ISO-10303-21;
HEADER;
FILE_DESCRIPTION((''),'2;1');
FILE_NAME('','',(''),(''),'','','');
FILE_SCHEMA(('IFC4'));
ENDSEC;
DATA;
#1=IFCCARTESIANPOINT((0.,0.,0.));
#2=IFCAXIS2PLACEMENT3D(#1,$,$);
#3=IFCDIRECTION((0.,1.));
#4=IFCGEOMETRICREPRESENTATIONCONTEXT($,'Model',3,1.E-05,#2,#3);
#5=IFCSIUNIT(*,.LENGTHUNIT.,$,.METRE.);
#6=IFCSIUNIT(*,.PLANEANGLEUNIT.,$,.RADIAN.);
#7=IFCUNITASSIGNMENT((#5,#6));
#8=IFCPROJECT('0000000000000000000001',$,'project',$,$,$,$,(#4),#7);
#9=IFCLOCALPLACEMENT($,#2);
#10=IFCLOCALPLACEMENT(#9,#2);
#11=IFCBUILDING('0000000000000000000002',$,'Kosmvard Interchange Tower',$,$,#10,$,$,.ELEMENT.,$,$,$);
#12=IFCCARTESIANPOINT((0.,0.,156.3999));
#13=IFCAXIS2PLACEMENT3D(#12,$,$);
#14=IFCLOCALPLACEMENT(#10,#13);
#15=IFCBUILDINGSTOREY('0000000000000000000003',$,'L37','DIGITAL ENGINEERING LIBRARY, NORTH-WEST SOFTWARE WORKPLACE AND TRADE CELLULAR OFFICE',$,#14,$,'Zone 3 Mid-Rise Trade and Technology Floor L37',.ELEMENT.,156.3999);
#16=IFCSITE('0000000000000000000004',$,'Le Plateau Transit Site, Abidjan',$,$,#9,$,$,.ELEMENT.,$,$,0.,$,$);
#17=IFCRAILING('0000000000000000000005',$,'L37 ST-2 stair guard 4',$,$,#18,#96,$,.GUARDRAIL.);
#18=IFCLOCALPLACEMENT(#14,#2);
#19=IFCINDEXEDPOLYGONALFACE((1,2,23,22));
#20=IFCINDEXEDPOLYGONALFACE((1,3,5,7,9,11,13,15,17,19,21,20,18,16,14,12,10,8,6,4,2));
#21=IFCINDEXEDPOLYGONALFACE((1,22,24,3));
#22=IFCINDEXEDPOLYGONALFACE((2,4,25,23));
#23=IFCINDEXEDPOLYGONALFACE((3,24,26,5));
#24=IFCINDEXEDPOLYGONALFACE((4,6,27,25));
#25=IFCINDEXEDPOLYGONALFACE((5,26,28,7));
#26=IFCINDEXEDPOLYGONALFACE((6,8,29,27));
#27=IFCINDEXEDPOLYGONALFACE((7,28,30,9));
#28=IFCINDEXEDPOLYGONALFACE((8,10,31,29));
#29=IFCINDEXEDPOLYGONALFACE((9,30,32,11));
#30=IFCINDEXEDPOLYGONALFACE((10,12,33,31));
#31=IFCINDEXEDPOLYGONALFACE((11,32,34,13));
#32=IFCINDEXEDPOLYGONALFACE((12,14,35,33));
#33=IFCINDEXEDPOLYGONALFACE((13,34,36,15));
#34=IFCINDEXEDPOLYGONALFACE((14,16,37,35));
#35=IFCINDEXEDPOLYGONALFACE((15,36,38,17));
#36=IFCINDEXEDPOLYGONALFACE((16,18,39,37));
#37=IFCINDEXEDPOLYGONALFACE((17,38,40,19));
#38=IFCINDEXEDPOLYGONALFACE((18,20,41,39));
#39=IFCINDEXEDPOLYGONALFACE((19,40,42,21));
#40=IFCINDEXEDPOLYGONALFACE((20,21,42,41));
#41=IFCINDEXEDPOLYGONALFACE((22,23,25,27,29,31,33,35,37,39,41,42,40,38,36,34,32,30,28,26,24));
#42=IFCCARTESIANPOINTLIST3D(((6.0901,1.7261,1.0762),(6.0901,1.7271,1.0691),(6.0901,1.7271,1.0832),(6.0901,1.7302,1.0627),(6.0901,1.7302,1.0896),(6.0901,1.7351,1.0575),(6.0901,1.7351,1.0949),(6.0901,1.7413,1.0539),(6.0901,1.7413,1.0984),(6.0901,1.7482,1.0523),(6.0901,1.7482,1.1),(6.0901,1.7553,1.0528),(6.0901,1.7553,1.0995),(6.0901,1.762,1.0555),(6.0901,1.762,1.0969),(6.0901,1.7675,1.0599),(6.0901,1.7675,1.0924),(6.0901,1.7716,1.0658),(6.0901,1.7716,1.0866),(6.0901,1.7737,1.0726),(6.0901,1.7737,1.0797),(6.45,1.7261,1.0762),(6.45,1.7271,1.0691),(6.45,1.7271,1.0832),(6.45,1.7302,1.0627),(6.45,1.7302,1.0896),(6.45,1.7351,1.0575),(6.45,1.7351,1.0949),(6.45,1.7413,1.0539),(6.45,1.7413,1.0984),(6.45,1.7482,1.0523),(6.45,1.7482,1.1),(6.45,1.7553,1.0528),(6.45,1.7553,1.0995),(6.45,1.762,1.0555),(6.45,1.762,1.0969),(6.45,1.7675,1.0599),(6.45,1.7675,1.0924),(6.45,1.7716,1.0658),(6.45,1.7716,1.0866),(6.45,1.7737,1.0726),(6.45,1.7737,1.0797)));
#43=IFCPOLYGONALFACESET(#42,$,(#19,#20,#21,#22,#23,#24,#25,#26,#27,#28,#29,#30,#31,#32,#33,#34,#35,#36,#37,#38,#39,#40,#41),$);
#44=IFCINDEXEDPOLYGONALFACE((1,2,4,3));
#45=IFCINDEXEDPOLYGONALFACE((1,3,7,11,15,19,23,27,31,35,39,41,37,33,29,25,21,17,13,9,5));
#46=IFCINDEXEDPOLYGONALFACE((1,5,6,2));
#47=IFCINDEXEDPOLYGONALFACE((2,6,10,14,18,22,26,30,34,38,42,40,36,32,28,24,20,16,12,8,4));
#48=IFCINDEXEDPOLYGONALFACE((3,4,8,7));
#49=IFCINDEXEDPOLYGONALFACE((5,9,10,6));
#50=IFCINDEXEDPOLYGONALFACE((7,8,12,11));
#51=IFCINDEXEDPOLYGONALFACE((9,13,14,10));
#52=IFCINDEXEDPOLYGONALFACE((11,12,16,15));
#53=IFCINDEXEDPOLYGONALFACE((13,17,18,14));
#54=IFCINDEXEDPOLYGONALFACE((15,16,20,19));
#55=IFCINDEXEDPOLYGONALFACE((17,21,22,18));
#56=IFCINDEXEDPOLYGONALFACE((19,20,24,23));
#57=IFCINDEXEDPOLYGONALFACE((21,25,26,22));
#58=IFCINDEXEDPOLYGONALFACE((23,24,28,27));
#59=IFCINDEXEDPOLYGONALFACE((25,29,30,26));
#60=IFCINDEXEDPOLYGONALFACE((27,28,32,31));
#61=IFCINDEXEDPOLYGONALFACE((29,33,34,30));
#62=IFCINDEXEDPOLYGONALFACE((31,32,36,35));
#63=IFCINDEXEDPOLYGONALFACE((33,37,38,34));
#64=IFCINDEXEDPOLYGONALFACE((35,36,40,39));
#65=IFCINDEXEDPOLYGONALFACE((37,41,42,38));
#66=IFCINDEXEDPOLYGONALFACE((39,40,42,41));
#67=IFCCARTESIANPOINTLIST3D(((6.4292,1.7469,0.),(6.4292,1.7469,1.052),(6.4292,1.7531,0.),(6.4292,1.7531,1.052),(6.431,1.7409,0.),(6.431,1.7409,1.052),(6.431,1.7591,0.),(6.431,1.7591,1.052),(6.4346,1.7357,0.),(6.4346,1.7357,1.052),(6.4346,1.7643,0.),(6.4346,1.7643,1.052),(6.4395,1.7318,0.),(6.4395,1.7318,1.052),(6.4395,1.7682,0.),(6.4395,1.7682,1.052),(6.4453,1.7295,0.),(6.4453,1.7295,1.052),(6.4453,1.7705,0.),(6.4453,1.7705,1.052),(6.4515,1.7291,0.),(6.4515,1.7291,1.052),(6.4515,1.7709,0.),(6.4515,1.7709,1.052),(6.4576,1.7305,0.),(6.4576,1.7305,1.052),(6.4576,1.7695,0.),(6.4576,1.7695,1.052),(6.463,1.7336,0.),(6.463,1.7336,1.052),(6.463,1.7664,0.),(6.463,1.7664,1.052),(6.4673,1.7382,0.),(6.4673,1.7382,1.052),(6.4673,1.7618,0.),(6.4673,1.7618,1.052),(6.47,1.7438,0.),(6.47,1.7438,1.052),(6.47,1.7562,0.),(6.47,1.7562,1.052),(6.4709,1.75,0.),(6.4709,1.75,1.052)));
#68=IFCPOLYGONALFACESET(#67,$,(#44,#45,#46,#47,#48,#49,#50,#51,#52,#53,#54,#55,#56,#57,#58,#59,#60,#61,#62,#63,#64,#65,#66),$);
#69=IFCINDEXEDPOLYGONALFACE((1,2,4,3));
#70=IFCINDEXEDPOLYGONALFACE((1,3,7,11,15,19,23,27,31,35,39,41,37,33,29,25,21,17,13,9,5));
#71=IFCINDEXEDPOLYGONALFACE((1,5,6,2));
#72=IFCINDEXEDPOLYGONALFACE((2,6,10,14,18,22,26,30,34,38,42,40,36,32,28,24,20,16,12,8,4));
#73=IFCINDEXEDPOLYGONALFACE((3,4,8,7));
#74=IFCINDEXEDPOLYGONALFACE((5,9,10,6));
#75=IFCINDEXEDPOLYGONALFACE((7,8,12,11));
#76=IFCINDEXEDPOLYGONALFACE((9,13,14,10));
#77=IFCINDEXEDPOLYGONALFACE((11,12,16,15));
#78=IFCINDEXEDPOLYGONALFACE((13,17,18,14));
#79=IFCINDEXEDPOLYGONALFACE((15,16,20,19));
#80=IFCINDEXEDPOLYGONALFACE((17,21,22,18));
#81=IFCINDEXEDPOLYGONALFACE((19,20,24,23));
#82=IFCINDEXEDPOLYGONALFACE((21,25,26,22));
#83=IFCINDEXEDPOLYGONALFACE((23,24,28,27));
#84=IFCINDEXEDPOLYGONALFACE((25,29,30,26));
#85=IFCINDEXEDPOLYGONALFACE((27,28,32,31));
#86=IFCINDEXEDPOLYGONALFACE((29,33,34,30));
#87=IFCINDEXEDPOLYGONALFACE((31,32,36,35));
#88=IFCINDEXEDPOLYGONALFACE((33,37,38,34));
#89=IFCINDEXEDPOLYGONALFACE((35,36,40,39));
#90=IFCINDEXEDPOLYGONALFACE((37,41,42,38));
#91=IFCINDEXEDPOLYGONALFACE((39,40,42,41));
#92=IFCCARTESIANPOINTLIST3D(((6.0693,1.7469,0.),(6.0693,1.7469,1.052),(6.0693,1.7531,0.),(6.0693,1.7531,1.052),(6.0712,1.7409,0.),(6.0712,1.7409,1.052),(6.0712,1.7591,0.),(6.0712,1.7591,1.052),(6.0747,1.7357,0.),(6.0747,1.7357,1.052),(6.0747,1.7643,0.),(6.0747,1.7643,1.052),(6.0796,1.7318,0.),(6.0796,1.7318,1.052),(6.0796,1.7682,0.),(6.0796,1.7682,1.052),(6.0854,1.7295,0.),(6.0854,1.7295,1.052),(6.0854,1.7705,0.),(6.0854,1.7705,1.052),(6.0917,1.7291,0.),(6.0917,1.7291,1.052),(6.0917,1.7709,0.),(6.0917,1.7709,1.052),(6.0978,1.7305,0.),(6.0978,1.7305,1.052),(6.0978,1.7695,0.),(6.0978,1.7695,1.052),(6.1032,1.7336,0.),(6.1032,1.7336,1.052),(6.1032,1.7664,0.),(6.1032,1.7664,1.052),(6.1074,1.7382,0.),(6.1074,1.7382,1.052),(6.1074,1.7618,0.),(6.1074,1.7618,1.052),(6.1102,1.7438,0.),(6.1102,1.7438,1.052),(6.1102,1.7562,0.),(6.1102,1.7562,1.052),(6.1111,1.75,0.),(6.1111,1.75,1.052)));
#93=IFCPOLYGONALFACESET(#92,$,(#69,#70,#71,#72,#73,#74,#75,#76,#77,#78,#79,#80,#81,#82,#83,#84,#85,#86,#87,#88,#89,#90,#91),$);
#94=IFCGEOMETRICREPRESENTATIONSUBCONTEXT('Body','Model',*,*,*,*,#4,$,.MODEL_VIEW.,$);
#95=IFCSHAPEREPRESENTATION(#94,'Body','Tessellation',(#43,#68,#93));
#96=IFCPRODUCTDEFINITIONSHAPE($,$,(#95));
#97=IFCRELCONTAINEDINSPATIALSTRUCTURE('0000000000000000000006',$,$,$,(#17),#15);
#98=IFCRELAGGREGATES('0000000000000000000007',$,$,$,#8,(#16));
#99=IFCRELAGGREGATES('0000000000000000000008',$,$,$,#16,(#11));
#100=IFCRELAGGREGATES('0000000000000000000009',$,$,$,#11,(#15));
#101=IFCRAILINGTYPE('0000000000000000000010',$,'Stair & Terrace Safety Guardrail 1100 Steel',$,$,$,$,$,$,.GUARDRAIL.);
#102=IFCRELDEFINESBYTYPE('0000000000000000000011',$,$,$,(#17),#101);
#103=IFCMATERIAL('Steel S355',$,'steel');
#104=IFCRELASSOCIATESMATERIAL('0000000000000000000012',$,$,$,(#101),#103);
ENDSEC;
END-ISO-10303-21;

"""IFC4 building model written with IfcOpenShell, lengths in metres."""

from ifc_helpers import new_model, si_unit, direction, frame, origin, origin_2d, place, context, subcontext, project, spatial, circle, extrude, source, transform, mapped, material, type_object, element, save


model = new_model("IFC4")

# Units and contexts
model_context = context("Model", 3, precision=1e-05, world=origin(), true_north=direction((0.0, 1.0)))
body_context = subcontext(model_context, "Body", "Model", "MODEL_VIEW")
ifc_project = project(units=[si_unit("LENGTHUNIT", "METRE"), si_unit("PLANEANGLEUNIT", "RADIAN")], contexts=[model_context])

# Site, building, storey
site_placement = place(None, origin())
site = spatial("IfcSite", under=ifc_project, at=site_placement, Name="Le Plateau Transit Site, Abidjan", CompositionType="ELEMENT", RefElevation=0.0)
building_placement = place(site_placement, origin())
building = spatial("IfcBuilding", under=site, at=building_placement, Name="Kosmvard Interchange Tower", CompositionType="ELEMENT")
storey_placement = place(building_placement, frame((0.0, 0.0, 156.3999)))
storey = spatial("IfcBuildingStorey", under=building, at=storey_placement, Name="L37", Description="DIGITAL ENGINEERING LIBRARY, NORTH-WEST SOFTWARE WORKPLACE AND TRADE CELLULAR OFFICE", LongName="Zone 3 Mid-Rise Trade and Technology Floor L37", CompositionType="ELEMENT", Elevation=156.3999)

# Shared definitions
ifc_material_1 = material(Name="Steel S355", Category="steel")

# Railing
railing_type_1 = type_object("IfcRailingType", Name="Stair & Terrace Safety Guardrail 1100 Steel", PredefinedType="GUARDRAIL", material=ifc_material_1)
shared_shape_1 = source(origin(), body_context, "Body", "SweptSolid", [
    extrude(circle(Radius=0.0239, at=origin_2d()), frame((0.0, 0.0, 1.0762), z_axis=(-1.0, 0.0, 0.0), x_axis=(0.0, -1.0, 0.0)), (0.0, 0.0, 1.0), 0.3599),
    extrude(circle(Radius=0.021, at=origin_2d()), origin(), (0.0, 0.0, 1.0), 1.052),
    extrude(circle(Radius=0.021, at=origin_2d()), frame((-0.3599, 0.0, 0.0)), (0.0, 0.0, 1.0), 1.052),
])
for number, where, name in (
    (1, (6.45, 1.75, 0.0), "L37 ST-2 stair guard 4"),
):
    element("IfcRailing", number, at=place(storey_placement, frame(where)), inside=storey, type_object=railing_type_1, Name=name, PredefinedType="GUARDRAIL", context=body_context, shape_type="MappedRepresentation", body=[
        mapped(shared_shape_1, transform((0.0, 0.0, 0.0), scale=1.0)),
    ])

save(model, "model.ifc")
